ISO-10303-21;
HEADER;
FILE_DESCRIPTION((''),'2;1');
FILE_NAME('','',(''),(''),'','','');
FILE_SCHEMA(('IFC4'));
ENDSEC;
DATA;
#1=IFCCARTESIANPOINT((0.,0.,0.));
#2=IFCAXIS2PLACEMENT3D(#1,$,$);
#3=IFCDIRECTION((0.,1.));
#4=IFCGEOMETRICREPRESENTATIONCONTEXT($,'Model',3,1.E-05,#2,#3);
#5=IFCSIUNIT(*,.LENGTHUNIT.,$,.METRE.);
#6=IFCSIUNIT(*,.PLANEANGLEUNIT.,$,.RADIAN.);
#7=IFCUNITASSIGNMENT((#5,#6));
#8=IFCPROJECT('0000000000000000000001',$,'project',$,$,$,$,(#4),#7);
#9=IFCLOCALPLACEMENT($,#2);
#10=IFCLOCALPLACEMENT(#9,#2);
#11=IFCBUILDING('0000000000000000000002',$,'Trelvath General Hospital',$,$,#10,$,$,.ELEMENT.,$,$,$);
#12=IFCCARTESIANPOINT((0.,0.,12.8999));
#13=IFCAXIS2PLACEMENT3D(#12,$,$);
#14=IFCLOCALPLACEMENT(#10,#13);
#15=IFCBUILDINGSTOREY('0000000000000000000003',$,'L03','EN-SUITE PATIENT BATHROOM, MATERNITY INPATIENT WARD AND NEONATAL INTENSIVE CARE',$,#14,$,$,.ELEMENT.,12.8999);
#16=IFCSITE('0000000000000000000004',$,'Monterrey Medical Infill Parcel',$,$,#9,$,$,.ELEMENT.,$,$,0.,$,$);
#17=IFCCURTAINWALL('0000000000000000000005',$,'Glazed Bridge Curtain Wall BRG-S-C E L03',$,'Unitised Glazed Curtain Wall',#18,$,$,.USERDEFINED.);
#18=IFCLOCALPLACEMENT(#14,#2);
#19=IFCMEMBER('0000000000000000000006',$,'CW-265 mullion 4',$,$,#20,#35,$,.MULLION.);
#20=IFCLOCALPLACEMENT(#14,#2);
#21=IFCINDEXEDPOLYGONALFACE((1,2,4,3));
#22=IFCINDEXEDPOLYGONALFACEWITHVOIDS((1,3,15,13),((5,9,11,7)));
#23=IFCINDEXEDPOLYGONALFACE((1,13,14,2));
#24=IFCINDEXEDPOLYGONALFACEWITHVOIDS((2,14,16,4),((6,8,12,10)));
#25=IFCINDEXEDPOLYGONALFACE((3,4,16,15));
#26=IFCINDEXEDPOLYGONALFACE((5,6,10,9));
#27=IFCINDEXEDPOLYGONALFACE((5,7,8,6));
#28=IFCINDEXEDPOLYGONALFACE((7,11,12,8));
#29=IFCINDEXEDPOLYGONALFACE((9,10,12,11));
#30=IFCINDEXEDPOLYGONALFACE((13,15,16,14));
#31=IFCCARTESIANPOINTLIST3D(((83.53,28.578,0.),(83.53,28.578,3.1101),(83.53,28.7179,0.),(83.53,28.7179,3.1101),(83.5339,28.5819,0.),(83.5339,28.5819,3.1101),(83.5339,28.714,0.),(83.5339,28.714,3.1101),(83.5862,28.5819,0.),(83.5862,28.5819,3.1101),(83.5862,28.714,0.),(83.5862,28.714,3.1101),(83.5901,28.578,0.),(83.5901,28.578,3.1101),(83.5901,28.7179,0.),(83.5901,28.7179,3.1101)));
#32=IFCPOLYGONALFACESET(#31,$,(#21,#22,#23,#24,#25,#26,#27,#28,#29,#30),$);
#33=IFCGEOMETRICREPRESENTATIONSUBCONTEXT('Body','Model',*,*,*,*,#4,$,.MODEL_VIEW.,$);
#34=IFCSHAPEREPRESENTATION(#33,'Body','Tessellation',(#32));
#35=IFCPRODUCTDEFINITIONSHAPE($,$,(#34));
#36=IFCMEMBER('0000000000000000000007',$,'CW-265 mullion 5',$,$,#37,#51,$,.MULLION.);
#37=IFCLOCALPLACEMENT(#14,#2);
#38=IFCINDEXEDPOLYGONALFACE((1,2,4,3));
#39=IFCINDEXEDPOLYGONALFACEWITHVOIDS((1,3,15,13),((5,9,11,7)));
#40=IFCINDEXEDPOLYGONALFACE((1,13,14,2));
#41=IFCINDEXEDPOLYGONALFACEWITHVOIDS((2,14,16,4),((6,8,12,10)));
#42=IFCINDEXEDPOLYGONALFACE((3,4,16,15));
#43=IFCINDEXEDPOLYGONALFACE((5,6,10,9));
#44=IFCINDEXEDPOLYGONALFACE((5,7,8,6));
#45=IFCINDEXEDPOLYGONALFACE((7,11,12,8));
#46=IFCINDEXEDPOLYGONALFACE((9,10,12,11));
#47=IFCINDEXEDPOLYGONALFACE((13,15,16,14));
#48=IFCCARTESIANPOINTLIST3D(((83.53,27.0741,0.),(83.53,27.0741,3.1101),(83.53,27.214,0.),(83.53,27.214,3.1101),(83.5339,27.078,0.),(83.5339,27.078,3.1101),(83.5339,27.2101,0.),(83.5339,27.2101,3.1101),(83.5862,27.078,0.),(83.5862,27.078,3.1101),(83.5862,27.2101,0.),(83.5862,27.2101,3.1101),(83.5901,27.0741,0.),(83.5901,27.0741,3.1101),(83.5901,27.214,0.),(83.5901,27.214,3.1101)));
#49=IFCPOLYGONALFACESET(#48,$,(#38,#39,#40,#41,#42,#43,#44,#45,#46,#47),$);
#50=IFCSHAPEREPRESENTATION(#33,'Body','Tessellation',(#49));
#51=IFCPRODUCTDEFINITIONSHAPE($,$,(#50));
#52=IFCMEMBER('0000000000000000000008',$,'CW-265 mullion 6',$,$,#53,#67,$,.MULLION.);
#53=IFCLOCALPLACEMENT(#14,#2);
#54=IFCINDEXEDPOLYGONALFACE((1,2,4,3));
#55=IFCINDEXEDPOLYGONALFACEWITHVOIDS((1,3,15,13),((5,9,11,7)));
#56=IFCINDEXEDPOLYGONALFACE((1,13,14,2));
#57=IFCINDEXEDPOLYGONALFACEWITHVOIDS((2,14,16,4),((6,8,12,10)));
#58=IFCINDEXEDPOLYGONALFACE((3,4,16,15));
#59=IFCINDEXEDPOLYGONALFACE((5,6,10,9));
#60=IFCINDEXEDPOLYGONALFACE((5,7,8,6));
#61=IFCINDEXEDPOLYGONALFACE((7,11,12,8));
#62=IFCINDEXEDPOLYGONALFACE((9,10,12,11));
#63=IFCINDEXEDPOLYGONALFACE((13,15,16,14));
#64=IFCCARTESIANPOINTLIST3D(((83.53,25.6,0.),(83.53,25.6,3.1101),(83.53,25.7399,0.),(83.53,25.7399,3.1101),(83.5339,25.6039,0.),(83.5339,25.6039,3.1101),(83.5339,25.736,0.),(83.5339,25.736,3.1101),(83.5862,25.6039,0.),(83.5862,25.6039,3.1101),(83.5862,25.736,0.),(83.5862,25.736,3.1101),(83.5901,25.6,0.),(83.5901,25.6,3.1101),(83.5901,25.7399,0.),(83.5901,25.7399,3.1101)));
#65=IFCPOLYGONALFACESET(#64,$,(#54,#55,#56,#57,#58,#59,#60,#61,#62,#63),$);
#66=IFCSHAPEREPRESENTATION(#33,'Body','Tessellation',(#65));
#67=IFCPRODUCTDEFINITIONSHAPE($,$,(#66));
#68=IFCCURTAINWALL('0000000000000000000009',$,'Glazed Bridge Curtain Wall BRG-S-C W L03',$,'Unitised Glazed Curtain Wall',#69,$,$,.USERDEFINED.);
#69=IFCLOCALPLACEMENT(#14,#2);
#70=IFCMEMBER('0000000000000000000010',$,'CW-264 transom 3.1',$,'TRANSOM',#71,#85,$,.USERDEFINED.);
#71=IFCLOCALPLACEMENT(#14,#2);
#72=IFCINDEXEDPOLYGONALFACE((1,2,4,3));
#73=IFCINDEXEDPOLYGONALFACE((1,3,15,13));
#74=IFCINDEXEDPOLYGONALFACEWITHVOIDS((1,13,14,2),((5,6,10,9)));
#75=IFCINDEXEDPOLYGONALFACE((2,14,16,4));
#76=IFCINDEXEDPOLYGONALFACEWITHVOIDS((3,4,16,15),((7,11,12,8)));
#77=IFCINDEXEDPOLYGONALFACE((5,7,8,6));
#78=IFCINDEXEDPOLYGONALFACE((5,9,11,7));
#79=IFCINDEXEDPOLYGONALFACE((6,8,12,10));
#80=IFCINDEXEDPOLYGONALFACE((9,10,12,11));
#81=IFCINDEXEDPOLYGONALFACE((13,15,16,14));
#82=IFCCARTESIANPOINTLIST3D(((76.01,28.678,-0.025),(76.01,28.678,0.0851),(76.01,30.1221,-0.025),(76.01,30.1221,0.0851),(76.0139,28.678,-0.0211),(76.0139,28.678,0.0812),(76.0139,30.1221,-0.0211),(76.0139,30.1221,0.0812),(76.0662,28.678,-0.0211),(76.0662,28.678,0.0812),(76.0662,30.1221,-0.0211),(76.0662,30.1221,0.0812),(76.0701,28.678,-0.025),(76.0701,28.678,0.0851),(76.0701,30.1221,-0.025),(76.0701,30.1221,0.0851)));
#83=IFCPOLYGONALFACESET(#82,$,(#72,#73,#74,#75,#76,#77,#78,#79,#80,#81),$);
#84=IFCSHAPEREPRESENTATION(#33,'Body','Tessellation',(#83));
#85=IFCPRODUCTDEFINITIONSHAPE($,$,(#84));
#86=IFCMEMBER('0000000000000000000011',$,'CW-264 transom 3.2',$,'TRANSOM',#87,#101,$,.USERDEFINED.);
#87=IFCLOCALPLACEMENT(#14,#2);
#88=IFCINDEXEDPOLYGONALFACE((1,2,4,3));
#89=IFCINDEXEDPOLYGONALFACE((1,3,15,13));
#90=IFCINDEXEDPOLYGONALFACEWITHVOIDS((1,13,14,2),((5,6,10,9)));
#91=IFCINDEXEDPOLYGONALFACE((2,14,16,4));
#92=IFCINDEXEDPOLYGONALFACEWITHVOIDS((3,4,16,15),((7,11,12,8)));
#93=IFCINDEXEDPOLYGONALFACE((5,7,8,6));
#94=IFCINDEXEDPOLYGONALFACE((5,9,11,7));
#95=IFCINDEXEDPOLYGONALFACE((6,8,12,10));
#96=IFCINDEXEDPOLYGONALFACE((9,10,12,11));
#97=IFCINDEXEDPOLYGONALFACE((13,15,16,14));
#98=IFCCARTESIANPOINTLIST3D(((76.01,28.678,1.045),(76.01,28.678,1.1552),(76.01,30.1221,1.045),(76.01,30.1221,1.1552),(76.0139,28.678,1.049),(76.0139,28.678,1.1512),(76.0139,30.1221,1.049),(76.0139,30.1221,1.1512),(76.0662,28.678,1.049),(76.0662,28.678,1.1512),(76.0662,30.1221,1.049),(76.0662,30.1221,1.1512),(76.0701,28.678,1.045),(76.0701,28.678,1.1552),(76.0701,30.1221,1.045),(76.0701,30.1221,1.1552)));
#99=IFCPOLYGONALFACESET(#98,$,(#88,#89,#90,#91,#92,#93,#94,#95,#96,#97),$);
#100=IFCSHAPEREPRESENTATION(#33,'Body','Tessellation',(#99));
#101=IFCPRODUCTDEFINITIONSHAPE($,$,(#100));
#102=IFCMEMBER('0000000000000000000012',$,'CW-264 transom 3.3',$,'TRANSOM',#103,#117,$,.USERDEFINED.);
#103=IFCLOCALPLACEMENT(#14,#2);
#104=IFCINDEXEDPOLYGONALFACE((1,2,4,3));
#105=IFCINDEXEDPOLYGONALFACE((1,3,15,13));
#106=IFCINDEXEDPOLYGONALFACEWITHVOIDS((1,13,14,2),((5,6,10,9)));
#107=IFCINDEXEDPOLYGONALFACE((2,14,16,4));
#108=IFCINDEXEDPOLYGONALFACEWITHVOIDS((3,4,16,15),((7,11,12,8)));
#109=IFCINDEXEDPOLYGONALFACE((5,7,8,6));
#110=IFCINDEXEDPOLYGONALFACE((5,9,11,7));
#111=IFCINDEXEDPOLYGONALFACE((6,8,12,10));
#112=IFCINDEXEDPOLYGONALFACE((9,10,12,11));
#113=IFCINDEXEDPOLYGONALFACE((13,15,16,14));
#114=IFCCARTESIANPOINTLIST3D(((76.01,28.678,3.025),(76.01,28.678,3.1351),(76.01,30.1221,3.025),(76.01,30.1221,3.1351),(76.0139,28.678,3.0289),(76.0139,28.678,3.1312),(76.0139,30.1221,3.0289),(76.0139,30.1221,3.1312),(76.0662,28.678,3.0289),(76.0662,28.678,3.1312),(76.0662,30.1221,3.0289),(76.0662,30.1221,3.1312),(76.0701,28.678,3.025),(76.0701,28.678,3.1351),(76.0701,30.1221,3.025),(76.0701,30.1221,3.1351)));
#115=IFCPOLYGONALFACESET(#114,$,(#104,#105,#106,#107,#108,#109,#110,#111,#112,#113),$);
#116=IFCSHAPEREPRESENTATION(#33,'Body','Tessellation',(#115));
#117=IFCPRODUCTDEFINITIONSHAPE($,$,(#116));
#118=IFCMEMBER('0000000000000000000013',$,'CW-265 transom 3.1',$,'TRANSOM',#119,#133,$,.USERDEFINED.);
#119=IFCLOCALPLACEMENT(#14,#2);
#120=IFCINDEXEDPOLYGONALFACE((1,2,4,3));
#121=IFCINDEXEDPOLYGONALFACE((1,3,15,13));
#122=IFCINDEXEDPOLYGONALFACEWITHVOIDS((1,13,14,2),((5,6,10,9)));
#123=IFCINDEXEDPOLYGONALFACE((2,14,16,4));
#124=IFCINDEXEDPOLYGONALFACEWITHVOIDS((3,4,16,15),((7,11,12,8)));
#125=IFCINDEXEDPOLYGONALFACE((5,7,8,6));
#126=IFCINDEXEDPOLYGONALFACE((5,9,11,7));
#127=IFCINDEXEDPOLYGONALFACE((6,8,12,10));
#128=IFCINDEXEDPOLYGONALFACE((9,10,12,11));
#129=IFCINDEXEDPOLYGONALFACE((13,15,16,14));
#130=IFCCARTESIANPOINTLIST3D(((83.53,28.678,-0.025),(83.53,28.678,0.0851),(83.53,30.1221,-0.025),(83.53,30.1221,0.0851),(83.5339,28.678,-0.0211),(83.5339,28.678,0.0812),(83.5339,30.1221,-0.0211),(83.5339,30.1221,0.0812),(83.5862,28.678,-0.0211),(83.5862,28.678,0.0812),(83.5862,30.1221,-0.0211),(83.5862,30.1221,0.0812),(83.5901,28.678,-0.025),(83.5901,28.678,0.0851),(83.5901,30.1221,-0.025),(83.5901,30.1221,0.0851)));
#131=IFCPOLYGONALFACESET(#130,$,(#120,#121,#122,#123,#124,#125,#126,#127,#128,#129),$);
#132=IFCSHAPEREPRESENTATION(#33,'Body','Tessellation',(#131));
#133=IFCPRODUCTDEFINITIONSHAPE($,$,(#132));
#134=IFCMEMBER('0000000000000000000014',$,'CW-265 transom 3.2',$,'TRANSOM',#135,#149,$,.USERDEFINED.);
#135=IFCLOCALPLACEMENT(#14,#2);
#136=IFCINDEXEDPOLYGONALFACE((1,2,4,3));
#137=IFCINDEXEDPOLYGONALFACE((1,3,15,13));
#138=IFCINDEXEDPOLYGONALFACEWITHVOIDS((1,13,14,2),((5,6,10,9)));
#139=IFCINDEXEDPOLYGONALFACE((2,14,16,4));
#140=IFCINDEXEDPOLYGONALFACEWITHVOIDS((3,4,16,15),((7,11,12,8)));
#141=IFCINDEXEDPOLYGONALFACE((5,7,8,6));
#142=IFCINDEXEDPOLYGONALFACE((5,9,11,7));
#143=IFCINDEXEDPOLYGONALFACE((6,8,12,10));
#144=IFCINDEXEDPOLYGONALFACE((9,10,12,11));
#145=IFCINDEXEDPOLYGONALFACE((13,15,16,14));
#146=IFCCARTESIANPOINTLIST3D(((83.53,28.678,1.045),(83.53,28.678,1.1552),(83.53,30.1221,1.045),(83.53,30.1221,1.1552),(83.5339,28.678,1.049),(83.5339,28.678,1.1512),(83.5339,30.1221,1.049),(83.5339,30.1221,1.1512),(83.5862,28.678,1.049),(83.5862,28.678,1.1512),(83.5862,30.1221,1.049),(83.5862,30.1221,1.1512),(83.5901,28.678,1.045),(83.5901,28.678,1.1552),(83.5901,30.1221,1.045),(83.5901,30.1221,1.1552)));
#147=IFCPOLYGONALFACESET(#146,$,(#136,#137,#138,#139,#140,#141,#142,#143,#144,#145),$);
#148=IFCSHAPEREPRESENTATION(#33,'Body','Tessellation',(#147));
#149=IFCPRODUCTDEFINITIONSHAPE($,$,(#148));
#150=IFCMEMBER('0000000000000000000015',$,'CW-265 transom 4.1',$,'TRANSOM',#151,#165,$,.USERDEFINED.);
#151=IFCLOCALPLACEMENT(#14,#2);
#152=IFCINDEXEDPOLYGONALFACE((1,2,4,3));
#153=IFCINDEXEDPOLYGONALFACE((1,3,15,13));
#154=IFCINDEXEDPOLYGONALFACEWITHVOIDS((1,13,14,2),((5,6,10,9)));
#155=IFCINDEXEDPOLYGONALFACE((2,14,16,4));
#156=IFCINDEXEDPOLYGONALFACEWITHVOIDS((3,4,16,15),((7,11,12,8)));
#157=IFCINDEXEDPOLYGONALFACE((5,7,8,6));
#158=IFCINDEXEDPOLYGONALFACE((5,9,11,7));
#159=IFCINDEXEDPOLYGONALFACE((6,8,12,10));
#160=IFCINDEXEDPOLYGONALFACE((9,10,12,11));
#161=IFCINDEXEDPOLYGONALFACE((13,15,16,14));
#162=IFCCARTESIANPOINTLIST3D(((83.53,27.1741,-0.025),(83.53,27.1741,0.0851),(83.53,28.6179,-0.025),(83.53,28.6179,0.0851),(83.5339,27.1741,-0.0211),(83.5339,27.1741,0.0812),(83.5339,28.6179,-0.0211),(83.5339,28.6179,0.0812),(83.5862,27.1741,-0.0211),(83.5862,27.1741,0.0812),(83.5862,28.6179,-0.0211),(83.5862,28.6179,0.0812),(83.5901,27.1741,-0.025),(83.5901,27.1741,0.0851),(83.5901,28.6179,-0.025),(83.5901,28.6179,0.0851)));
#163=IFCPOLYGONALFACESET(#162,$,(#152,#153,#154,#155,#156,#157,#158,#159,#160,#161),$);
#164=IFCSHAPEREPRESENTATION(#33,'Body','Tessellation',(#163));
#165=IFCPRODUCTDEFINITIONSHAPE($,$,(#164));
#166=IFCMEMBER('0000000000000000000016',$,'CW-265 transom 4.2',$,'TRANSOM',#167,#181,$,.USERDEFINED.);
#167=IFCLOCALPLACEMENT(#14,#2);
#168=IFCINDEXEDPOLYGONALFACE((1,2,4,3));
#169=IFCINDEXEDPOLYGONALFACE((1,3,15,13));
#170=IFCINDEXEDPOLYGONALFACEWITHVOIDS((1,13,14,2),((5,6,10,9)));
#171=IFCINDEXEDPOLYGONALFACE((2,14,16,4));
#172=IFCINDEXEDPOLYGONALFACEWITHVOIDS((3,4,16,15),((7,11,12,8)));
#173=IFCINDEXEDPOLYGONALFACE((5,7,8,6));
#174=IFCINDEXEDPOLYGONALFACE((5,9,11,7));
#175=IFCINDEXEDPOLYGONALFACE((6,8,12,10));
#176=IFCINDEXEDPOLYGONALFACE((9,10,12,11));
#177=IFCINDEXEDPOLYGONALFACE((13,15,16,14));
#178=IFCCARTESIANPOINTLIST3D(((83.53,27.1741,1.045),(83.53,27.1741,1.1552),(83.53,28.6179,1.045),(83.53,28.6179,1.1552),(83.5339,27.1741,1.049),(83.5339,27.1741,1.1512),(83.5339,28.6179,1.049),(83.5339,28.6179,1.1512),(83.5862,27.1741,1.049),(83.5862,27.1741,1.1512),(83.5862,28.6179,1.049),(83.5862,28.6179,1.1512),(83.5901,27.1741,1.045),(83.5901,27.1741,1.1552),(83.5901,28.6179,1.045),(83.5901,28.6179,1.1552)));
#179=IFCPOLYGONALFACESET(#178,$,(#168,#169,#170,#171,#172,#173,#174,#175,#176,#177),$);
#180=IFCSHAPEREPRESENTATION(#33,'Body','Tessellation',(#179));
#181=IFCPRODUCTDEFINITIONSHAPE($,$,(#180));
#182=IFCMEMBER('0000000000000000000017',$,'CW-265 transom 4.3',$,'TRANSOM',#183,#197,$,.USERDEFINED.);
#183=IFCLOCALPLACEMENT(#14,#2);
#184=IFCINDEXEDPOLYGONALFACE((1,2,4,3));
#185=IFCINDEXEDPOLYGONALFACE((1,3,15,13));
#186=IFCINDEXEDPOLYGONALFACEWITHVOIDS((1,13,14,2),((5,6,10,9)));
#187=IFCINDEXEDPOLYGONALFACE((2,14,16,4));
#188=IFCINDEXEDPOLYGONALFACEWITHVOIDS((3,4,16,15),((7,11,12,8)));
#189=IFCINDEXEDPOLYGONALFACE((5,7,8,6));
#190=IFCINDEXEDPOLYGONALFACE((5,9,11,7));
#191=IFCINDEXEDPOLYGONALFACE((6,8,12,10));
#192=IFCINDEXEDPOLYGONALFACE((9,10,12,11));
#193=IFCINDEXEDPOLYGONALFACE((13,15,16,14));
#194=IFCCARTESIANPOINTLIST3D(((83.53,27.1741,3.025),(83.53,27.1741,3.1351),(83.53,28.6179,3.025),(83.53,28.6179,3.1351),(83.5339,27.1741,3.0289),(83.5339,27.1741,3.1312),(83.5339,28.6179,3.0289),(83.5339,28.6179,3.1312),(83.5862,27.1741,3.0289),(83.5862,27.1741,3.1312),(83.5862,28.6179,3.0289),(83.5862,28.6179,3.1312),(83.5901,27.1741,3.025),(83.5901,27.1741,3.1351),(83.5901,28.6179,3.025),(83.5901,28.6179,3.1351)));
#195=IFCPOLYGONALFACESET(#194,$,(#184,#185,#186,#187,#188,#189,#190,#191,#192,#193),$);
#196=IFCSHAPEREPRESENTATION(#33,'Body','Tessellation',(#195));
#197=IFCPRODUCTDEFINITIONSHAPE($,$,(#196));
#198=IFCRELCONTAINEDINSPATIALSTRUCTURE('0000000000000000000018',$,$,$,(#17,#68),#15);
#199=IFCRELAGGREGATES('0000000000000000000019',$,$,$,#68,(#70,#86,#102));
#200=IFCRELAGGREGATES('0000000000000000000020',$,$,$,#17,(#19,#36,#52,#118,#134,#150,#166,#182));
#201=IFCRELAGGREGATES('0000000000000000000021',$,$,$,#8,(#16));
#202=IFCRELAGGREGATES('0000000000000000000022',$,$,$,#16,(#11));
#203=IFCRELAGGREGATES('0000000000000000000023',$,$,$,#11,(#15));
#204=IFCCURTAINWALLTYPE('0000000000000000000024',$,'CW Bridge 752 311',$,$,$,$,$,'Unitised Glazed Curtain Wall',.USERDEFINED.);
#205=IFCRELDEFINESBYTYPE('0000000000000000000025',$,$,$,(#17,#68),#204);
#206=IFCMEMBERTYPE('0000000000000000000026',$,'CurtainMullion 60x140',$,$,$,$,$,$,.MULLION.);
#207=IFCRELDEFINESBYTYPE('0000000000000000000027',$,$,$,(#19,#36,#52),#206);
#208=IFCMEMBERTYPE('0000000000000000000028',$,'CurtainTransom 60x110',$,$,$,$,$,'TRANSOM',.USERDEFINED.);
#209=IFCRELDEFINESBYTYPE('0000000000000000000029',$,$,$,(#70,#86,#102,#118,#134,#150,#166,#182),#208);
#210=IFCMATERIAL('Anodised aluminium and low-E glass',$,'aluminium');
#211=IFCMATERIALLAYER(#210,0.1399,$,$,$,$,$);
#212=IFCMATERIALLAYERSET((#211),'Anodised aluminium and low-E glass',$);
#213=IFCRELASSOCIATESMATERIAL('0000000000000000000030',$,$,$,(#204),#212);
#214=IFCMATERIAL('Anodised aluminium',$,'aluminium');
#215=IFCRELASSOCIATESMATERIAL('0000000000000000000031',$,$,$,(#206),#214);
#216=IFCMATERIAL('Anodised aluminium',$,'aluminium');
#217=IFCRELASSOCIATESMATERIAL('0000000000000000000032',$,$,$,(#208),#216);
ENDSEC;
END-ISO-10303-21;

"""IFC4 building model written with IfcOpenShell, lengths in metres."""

from ifc_helpers import new_model, si_unit, direction, frame, origin, origin_2d, place, context, subcontext, project, spatial, hollow_rectangle, extrude, material, layer, layer_set, material_profile, profile_set, type_object, element, aggregate, save


model = new_model("IFC4")

# Units and contexts
model_context = context("Model", 3, precision=1e-05, world=origin(), true_north=direction((0.0, 1.0)))
body_context = subcontext(model_context, "Body", "Model", "MODEL_VIEW")
ifc_project = project(units=[si_unit("LENGTHUNIT", "METRE"), si_unit("PLANEANGLEUNIT", "RADIAN")], contexts=[model_context])

# Site, building, storey
site_placement = place(None, origin())
site = spatial("IfcSite", under=ifc_project, at=site_placement, Name="Monterrey Medical Infill Parcel", CompositionType="ELEMENT", RefElevation=0.0)
building_placement = place(site_placement, origin())
building = spatial("IfcBuilding", under=site, at=building_placement, Name="Trelvath General Hospital", CompositionType="ELEMENT")
storey_placement = place(building_placement, frame((0.0, 0.0, 12.8999)))
storey = spatial("IfcBuildingStorey", under=building, at=storey_placement, Name="L03", Description="EN-SUITE PATIENT BATHROOM, MATERNITY INPATIENT WARD AND NEONATAL INTENSIVE CARE", CompositionType="ELEMENT", Elevation=12.8999)

# Curtain walls, members
ifc_material_1 = material(Name="Anodised aluminium and low-E glass", Category="aluminium")
ifc_layer_1 = layer(ifc_material_1, 0.1399)
ifc_layer_set_1 = layer_set([ifc_layer_1], Name="Anodised aluminium and low-E glass")
curtain_wall_type = type_object("IfcCurtainWallType", Name="CW Bridge 752 311", ElementType="Unitised Glazed Curtain Wall", PredefinedType="USERDEFINED", material=ifc_layer_set_1)
curtain_wall_1_placement = place(storey_placement, origin())
curtain_wall_1 = element("IfcCurtainWall", 1, at=curtain_wall_1_placement, inside=storey, type_object=curtain_wall_type, Name="Glazed Bridge Curtain Wall BRG-S-C E L03", ObjectType="Unitised Glazed Curtain Wall", PredefinedType="USERDEFINED")
ifc_material_2 = material(Name="Anodised aluminium", Category="aluminium")
ifc_material_profile_1 = material_profile(ifc_material_2, hollow_rectangle(XDim=0.0601, YDim=0.1399, WallThickness=0.0039, at=origin_2d()), Name="RHS60x140x4")
ifc_profile_set_1 = profile_set([ifc_material_profile_1], Name="Anodised aluminium")
member_type_1 = type_object("IfcMemberType", Name="CurtainMullion 60x140", PredefinedType="MULLION", material=ifc_profile_set_1)
member_1_placement = place(storey_placement, frame((83.5601, 28.6479, 0.0), z_axis=(0.0, 0.0, 1.0), x_axis=(1.0, 0.0, 0.0)))
member_1 = element("IfcMember", 2, at=member_1_placement, type_object=member_type_1, Name="CW-265 mullion 4", PredefinedType="MULLION", context=body_context, shape_type="SweptSolid", body=[
    extrude(hollow_rectangle(XDim=0.0601, YDim=0.1399, WallThickness=0.0039, at=origin_2d()), origin(), (0.0, 0.0, 1.0), 3.1101),
])
member_2_placement = place(storey_placement, frame((83.5601, 27.144, 0.0), z_axis=(0.0, 0.0, 1.0), x_axis=(1.0, 0.0, 0.0)))
member_2 = element("IfcMember", 3, at=member_2_placement, type_object=member_type_1, Name="CW-265 mullion 5", PredefinedType="MULLION", context=body_context, shape_type="SweptSolid", body=[
    extrude(hollow_rectangle(XDim=0.0601, YDim=0.1399, WallThickness=0.0039, at=origin_2d()), origin(), (0.0, 0.0, 1.0), 3.1101),
])
member_3_placement = place(storey_placement, frame((83.5601, 25.6699, 0.0), z_axis=(0.0, 0.0, 1.0), x_axis=(1.0, 0.0, 0.0)))
member_3 = element("IfcMember", 4, at=member_3_placement, type_object=member_type_1, Name="CW-265 mullion 6", PredefinedType="MULLION", context=body_context, shape_type="SweptSolid", body=[
    extrude(hollow_rectangle(XDim=0.0601, YDim=0.1399, WallThickness=0.0039, at=origin_2d()), origin(), (0.0, 0.0, 1.0), 3.1101),
])
curtain_wall_2_placement = place(storey_placement, origin())
curtain_wall_2 = element("IfcCurtainWall", 5, at=curtain_wall_2_placement, inside=storey, type_object=curtain_wall_type, Name="Glazed Bridge Curtain Wall BRG-S-C W L03", ObjectType="Unitised Glazed Curtain Wall", PredefinedType="USERDEFINED")
ifc_material_3 = material(Name="Anodised aluminium", Category="aluminium")
ifc_material_profile_2 = material_profile(ifc_material_3, hollow_rectangle(XDim=0.0601, YDim=0.1101, WallThickness=0.0039, at=origin_2d()), Name="RHS60x110x4")
ifc_profile_set_2 = profile_set([ifc_material_profile_2], Name="Anodised aluminium")
member_type_2 = type_object("IfcMemberType", Name="CurtainTransom 60x110", ElementType="TRANSOM", PredefinedType="USERDEFINED", material=ifc_profile_set_2)
member_4_placement = place(storey_placement, frame((76.04, 28.678, 0.03), z_axis=(0.0, 1.0, 0.0), x_axis=(-1.0, 0.0, 0.0)))
member_4 = element("IfcMember", 6, at=member_4_placement, type_object=member_type_2, Name="CW-264 transom 3.1", ObjectType="TRANSOM", PredefinedType="USERDEFINED", context=body_context, shape_type="SweptSolid", body=[
    extrude(hollow_rectangle(XDim=0.0601, YDim=0.1101, WallThickness=0.0039, at=origin_2d()), origin(), (0.0, 0.0, 1.0), 1.4441),
])
member_5_placement = place(storey_placement, frame((76.04, 28.678, 1.1001), z_axis=(0.0, 1.0, 0.0), x_axis=(-1.0, 0.0, 0.0)))
member_5 = element("IfcMember", 7, at=member_5_placement, type_object=member_type_2, Name="CW-264 transom 3.2", ObjectType="TRANSOM", PredefinedType="USERDEFINED", context=body_context, shape_type="SweptSolid", body=[
    extrude(hollow_rectangle(XDim=0.0601, YDim=0.1101, WallThickness=0.0039, at=origin_2d()), origin(), (0.0, 0.0, 1.0), 1.4441),
])
member_6_placement = place(storey_placement, frame((76.04, 28.678, 3.0801), z_axis=(0.0, 1.0, 0.0), x_axis=(-1.0, 0.0, 0.0)))
member_6 = element("IfcMember", 8, at=member_6_placement, type_object=member_type_2, Name="CW-264 transom 3.3", ObjectType="TRANSOM", PredefinedType="USERDEFINED", context=body_context, shape_type="SweptSolid", body=[
    extrude(hollow_rectangle(XDim=0.0601, YDim=0.1101, WallThickness=0.0039, at=origin_2d()), origin(), (0.0, 0.0, 1.0), 1.4441),
])

# Members
member_7_placement = place(storey_placement, frame((83.5601, 30.1221, 0.03), z_axis=(0.0, -1.0, 0.0), x_axis=(1.0, 0.0, 0.0)))
member_7 = element("IfcMember", 9, at=member_7_placement, type_object=member_type_2, Name="CW-265 transom 3.1", ObjectType="TRANSOM", PredefinedType="USERDEFINED", context=body_context, shape_type="SweptSolid", body=[
    extrude(hollow_rectangle(XDim=0.0601, YDim=0.1101, WallThickness=0.0039, at=origin_2d()), origin(), (0.0, 0.0, 1.0), 1.4441),
])
member_8_placement = place(storey_placement, frame((83.5601, 30.1221, 1.1001), z_axis=(0.0, -1.0, 0.0), x_axis=(1.0, 0.0, 0.0)))
member_8 = element("IfcMember", 10, at=member_8_placement, type_object=member_type_2, Name="CW-265 transom 3.2", ObjectType="TRANSOM", PredefinedType="USERDEFINED", context=body_context, shape_type="SweptSolid", body=[
    extrude(hollow_rectangle(XDim=0.0601, YDim=0.1101, WallThickness=0.0039, at=origin_2d()), origin(), (0.0, 0.0, 1.0), 1.4441),
])
member_9_placement = place(storey_placement, frame((83.5601, 28.6179, 0.03), z_axis=(0.0, -1.0, 0.0), x_axis=(1.0, 0.0, 0.0)))
member_9 = element("IfcMember", 11, at=member_9_placement, type_object=member_type_2, Name="CW-265 transom 4.1", ObjectType="TRANSOM", PredefinedType="USERDEFINED", context=body_context, shape_type="SweptSolid", body=[
    extrude(hollow_rectangle(XDim=0.0601, YDim=0.1101, WallThickness=0.0039, at=origin_2d()), origin(), (0.0, 0.0, 1.0), 1.4438),
])
member_10_placement = place(storey_placement, frame((83.5601, 28.6179, 1.1001), z_axis=(0.0, -1.0, 0.0), x_axis=(1.0, 0.0, 0.0)))
member_10 = element("IfcMember", 12, at=member_10_placement, type_object=member_type_2, Name="CW-265 transom 4.2", ObjectType="TRANSOM", PredefinedType="USERDEFINED", context=body_context, shape_type="SweptSolid", body=[
    extrude(hollow_rectangle(XDim=0.0601, YDim=0.1101, WallThickness=0.0039, at=origin_2d()), origin(), (0.0, 0.0, 1.0), 1.4438),
])
member_11_placement = place(storey_placement, frame((83.5601, 28.6179, 3.0801), z_axis=(0.0, -1.0, 0.0), x_axis=(1.0, 0.0, 0.0)))
member_11 = element("IfcMember", 13, at=member_11_placement, type_object=member_type_2, Name="CW-265 transom 4.3", ObjectType="TRANSOM", PredefinedType="USERDEFINED", context=body_context, shape_type="SweptSolid", body=[
    extrude(hollow_rectangle(XDim=0.0601, YDim=0.1101, WallThickness=0.0039, at=origin_2d()), origin(), (0.0, 0.0, 1.0), 1.4438),
])

aggregate(curtain_wall_2, [member_4, member_5, member_6])
aggregate(curtain_wall_1, [member_1, member_2, member_3, member_7, member_8, member_9, member_10, member_11])

save(model, "model.ifc")
